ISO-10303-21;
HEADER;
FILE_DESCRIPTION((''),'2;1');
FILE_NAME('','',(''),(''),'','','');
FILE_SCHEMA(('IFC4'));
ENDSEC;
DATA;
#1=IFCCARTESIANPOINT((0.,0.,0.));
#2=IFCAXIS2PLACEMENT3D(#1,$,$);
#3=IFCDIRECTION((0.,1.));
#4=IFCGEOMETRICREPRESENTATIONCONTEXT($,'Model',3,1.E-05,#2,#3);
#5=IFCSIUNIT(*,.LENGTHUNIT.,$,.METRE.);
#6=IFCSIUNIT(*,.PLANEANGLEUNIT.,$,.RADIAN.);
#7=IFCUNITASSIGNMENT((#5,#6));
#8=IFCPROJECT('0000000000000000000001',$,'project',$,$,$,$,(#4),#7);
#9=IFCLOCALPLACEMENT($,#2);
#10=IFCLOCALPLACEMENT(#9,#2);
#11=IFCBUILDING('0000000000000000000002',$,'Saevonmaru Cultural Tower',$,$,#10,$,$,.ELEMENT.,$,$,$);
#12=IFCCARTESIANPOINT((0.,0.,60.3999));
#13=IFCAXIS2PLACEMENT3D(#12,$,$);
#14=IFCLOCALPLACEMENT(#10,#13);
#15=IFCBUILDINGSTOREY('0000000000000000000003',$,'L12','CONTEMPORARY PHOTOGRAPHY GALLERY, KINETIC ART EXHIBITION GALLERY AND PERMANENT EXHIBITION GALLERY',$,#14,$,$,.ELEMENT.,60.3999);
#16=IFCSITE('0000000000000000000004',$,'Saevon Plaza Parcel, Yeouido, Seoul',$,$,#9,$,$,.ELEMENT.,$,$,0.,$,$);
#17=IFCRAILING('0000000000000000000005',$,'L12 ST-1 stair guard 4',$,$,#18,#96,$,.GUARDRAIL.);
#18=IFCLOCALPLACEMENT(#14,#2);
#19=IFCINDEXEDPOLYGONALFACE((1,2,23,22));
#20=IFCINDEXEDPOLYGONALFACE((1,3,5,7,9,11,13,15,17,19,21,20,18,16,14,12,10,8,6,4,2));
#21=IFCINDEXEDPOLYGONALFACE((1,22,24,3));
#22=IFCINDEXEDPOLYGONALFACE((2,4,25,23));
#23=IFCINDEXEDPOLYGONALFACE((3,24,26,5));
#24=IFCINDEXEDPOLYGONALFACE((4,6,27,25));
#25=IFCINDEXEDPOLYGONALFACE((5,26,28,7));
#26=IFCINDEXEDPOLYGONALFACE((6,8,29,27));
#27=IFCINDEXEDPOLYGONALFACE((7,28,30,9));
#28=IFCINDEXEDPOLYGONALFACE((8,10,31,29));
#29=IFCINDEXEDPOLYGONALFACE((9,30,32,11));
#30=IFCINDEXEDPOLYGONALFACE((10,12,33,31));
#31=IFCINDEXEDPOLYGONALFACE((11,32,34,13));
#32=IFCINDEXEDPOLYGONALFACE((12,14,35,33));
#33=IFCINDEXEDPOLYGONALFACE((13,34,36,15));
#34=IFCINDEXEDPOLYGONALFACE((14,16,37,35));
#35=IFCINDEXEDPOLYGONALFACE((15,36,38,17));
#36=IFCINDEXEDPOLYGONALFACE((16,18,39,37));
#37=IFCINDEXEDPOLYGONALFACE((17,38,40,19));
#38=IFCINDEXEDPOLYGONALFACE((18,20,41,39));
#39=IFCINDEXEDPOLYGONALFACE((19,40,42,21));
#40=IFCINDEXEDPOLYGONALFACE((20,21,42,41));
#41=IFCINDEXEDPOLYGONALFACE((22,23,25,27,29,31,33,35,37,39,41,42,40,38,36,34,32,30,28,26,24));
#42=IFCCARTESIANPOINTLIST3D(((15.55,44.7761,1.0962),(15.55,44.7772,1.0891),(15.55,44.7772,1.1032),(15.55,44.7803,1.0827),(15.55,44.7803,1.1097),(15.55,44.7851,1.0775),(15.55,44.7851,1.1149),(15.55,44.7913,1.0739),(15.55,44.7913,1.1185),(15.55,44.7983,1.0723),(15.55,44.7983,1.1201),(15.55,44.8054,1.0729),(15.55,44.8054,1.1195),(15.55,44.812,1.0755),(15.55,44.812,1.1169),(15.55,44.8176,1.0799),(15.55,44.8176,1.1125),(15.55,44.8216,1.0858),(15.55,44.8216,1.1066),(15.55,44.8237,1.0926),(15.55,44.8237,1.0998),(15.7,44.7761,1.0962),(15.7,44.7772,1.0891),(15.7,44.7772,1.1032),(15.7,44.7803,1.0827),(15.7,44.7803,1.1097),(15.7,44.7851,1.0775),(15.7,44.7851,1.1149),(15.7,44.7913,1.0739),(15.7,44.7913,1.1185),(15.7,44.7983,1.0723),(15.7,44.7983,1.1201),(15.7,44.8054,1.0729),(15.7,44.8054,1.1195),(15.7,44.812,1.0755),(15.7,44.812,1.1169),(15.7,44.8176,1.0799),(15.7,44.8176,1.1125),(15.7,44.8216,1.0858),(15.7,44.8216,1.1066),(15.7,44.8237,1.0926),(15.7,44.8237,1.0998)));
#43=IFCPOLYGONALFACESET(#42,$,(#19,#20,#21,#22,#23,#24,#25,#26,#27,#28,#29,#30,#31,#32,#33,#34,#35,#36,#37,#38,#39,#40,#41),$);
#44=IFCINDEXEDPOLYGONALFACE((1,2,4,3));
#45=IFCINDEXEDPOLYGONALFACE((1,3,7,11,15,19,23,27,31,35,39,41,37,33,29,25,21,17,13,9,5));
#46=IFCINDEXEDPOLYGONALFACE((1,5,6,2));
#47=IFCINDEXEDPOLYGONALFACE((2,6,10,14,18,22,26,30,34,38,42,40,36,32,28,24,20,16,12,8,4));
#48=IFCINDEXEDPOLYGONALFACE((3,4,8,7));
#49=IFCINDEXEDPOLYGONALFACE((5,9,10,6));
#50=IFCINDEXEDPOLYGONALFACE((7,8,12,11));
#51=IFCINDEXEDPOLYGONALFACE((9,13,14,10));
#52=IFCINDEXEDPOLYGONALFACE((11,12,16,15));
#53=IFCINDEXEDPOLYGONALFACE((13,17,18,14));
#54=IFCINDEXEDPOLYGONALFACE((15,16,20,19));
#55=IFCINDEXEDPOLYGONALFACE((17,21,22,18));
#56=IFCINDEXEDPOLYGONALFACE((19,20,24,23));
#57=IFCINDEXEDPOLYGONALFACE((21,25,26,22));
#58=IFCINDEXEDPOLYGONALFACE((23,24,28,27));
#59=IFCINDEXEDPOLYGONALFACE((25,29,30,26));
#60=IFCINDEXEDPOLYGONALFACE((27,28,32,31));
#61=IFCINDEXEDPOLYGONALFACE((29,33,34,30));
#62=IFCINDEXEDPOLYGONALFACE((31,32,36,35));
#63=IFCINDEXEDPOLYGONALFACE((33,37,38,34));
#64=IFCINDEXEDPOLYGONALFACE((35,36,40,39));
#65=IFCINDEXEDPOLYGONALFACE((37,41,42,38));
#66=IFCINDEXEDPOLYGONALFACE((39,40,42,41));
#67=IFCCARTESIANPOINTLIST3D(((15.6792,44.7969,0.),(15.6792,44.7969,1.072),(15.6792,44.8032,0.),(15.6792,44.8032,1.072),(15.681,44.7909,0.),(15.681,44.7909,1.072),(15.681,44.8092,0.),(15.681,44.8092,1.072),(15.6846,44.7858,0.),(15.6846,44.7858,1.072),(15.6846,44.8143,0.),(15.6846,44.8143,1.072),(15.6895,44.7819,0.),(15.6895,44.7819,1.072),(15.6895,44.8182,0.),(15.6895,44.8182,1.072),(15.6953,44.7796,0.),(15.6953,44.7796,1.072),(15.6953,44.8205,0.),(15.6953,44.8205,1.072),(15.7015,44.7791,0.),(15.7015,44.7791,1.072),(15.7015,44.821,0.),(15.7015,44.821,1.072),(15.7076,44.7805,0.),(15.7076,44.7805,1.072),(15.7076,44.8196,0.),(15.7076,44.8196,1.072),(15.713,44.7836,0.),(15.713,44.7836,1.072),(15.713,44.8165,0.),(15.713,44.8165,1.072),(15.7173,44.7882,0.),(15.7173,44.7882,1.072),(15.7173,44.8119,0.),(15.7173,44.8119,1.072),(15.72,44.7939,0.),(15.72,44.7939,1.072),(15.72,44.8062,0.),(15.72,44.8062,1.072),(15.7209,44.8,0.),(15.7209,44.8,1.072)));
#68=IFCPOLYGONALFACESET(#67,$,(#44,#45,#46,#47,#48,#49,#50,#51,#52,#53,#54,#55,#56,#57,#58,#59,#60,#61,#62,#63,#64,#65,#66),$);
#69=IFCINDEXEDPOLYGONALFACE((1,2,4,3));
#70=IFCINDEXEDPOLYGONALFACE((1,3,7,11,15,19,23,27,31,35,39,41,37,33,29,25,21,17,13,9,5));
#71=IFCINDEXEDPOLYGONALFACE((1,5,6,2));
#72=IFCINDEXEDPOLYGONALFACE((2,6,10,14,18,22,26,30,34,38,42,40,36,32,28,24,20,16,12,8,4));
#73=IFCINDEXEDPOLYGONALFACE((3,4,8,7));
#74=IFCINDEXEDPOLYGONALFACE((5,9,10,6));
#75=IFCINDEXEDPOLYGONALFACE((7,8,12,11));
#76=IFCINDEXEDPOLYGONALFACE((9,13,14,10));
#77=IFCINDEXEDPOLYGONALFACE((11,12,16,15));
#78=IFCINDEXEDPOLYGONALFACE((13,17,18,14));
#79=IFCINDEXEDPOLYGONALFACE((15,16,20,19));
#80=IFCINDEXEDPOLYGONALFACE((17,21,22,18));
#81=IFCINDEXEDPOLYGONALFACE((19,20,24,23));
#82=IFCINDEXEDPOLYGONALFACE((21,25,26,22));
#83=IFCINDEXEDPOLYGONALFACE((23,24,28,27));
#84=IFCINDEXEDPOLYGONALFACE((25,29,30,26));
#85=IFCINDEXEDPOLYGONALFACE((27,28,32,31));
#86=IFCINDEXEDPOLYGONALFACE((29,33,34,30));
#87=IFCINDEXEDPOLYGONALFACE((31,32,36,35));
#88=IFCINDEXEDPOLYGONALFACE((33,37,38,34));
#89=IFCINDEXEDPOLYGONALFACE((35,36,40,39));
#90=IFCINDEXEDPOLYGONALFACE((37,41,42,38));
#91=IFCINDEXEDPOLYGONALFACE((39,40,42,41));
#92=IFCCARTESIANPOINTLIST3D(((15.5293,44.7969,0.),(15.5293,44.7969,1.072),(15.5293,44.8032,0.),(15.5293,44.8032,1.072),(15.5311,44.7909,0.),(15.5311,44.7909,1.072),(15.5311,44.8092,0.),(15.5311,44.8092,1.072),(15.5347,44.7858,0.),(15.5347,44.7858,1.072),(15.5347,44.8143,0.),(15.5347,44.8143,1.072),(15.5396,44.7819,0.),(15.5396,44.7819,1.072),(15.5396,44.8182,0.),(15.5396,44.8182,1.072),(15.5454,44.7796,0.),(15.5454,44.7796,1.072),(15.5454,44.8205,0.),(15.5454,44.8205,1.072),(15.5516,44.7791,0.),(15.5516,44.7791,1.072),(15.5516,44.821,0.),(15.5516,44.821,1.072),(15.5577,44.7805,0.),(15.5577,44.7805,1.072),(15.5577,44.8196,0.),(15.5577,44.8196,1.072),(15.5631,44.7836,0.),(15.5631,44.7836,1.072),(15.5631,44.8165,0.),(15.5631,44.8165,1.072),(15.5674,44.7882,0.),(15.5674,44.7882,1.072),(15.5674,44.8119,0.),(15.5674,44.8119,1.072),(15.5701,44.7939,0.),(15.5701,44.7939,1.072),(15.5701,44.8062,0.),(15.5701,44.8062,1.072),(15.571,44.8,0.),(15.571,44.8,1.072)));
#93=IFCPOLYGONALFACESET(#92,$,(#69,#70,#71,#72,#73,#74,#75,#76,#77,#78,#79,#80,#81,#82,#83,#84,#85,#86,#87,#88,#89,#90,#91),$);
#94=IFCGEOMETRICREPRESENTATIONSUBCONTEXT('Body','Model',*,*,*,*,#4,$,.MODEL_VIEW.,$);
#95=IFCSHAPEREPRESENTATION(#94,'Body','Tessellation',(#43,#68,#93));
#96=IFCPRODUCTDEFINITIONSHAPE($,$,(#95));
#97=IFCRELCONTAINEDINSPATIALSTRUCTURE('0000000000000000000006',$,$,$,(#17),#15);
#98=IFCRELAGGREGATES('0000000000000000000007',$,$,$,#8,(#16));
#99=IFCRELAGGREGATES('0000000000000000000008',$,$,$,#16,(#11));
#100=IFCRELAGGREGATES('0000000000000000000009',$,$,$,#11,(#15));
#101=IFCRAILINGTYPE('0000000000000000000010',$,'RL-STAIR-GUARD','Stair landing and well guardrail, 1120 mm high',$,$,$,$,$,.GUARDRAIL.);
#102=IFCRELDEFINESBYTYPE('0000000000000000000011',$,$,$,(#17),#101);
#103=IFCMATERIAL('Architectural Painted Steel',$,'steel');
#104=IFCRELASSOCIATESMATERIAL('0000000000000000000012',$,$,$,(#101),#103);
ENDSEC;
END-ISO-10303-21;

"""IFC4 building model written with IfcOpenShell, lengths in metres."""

from ifc_helpers import new_model, si_unit, direction, frame, origin, origin_2d, place, context, subcontext, project, spatial, circle, extrude, material, type_object, element, save


model = new_model("IFC4")

# Units and contexts
model_context = context("Model", 3, precision=1e-05, world=origin(), true_north=direction((0.0, 1.0)))
body_context = subcontext(model_context, "Body", "Model", "MODEL_VIEW")
ifc_project = project(units=[si_unit("LENGTHUNIT", "METRE"), si_unit("PLANEANGLEUNIT", "RADIAN")], contexts=[model_context])

# Site, building, storey
site_placement = place(None, origin())
site = spatial("IfcSite", under=ifc_project, at=site_placement, Name="Saevon Plaza Parcel, Yeouido, Seoul", CompositionType="ELEMENT", RefElevation=0.0)
building_placement = place(site_placement, origin())
building = spatial("IfcBuilding", under=site, at=building_placement, Name="Saevonmaru Cultural Tower", CompositionType="ELEMENT")
storey_placement = place(building_placement, frame((0.0, 0.0, 60.3999)))
storey = spatial("IfcBuildingStorey", under=building, at=storey_placement, Name="L12", Description="CONTEMPORARY PHOTOGRAPHY GALLERY, KINETIC ART EXHIBITION GALLERY AND PERMANENT EXHIBITION GALLERY", CompositionType="ELEMENT", Elevation=60.3999)

# Railing
ifc_material_1 = material(Name="Architectural Painted Steel", Category="steel")
railing_type_1 = type_object("IfcRailingType", Name="RL-STAIR-GUARD", Description="Stair landing and well guardrail, 1120 mm high", PredefinedType="GUARDRAIL", material=ifc_material_1)
railing_1_placement = place(storey_placement, frame((15.7, 44.8, 0.0)))
element("IfcRailing", 1, at=railing_1_placement, inside=storey, type_object=railing_type_1, Name="L12 ST-1 stair guard 4", PredefinedType="GUARDRAIL", context=body_context, shape_type="SweptSolid", body=[
    extrude(circle(Radius=0.0239, at=origin_2d()), frame((0.0, 0.0, 1.0962), z_axis=(-1.0, 0.0, 0.0), x_axis=(0.0, -1.0, 0.0)), (0.0, 0.0, 1.0), 0.1499),
    extrude(circle(Radius=0.021, at=origin_2d()), origin(), (0.0, 0.0, 1.0), 1.072),
    extrude(circle(Radius=0.021, at=origin_2d()), frame((-0.1499, 0.0, 0.0)), (0.0, 0.0, 1.0), 1.072),
])

save(model, "model.ifc")
